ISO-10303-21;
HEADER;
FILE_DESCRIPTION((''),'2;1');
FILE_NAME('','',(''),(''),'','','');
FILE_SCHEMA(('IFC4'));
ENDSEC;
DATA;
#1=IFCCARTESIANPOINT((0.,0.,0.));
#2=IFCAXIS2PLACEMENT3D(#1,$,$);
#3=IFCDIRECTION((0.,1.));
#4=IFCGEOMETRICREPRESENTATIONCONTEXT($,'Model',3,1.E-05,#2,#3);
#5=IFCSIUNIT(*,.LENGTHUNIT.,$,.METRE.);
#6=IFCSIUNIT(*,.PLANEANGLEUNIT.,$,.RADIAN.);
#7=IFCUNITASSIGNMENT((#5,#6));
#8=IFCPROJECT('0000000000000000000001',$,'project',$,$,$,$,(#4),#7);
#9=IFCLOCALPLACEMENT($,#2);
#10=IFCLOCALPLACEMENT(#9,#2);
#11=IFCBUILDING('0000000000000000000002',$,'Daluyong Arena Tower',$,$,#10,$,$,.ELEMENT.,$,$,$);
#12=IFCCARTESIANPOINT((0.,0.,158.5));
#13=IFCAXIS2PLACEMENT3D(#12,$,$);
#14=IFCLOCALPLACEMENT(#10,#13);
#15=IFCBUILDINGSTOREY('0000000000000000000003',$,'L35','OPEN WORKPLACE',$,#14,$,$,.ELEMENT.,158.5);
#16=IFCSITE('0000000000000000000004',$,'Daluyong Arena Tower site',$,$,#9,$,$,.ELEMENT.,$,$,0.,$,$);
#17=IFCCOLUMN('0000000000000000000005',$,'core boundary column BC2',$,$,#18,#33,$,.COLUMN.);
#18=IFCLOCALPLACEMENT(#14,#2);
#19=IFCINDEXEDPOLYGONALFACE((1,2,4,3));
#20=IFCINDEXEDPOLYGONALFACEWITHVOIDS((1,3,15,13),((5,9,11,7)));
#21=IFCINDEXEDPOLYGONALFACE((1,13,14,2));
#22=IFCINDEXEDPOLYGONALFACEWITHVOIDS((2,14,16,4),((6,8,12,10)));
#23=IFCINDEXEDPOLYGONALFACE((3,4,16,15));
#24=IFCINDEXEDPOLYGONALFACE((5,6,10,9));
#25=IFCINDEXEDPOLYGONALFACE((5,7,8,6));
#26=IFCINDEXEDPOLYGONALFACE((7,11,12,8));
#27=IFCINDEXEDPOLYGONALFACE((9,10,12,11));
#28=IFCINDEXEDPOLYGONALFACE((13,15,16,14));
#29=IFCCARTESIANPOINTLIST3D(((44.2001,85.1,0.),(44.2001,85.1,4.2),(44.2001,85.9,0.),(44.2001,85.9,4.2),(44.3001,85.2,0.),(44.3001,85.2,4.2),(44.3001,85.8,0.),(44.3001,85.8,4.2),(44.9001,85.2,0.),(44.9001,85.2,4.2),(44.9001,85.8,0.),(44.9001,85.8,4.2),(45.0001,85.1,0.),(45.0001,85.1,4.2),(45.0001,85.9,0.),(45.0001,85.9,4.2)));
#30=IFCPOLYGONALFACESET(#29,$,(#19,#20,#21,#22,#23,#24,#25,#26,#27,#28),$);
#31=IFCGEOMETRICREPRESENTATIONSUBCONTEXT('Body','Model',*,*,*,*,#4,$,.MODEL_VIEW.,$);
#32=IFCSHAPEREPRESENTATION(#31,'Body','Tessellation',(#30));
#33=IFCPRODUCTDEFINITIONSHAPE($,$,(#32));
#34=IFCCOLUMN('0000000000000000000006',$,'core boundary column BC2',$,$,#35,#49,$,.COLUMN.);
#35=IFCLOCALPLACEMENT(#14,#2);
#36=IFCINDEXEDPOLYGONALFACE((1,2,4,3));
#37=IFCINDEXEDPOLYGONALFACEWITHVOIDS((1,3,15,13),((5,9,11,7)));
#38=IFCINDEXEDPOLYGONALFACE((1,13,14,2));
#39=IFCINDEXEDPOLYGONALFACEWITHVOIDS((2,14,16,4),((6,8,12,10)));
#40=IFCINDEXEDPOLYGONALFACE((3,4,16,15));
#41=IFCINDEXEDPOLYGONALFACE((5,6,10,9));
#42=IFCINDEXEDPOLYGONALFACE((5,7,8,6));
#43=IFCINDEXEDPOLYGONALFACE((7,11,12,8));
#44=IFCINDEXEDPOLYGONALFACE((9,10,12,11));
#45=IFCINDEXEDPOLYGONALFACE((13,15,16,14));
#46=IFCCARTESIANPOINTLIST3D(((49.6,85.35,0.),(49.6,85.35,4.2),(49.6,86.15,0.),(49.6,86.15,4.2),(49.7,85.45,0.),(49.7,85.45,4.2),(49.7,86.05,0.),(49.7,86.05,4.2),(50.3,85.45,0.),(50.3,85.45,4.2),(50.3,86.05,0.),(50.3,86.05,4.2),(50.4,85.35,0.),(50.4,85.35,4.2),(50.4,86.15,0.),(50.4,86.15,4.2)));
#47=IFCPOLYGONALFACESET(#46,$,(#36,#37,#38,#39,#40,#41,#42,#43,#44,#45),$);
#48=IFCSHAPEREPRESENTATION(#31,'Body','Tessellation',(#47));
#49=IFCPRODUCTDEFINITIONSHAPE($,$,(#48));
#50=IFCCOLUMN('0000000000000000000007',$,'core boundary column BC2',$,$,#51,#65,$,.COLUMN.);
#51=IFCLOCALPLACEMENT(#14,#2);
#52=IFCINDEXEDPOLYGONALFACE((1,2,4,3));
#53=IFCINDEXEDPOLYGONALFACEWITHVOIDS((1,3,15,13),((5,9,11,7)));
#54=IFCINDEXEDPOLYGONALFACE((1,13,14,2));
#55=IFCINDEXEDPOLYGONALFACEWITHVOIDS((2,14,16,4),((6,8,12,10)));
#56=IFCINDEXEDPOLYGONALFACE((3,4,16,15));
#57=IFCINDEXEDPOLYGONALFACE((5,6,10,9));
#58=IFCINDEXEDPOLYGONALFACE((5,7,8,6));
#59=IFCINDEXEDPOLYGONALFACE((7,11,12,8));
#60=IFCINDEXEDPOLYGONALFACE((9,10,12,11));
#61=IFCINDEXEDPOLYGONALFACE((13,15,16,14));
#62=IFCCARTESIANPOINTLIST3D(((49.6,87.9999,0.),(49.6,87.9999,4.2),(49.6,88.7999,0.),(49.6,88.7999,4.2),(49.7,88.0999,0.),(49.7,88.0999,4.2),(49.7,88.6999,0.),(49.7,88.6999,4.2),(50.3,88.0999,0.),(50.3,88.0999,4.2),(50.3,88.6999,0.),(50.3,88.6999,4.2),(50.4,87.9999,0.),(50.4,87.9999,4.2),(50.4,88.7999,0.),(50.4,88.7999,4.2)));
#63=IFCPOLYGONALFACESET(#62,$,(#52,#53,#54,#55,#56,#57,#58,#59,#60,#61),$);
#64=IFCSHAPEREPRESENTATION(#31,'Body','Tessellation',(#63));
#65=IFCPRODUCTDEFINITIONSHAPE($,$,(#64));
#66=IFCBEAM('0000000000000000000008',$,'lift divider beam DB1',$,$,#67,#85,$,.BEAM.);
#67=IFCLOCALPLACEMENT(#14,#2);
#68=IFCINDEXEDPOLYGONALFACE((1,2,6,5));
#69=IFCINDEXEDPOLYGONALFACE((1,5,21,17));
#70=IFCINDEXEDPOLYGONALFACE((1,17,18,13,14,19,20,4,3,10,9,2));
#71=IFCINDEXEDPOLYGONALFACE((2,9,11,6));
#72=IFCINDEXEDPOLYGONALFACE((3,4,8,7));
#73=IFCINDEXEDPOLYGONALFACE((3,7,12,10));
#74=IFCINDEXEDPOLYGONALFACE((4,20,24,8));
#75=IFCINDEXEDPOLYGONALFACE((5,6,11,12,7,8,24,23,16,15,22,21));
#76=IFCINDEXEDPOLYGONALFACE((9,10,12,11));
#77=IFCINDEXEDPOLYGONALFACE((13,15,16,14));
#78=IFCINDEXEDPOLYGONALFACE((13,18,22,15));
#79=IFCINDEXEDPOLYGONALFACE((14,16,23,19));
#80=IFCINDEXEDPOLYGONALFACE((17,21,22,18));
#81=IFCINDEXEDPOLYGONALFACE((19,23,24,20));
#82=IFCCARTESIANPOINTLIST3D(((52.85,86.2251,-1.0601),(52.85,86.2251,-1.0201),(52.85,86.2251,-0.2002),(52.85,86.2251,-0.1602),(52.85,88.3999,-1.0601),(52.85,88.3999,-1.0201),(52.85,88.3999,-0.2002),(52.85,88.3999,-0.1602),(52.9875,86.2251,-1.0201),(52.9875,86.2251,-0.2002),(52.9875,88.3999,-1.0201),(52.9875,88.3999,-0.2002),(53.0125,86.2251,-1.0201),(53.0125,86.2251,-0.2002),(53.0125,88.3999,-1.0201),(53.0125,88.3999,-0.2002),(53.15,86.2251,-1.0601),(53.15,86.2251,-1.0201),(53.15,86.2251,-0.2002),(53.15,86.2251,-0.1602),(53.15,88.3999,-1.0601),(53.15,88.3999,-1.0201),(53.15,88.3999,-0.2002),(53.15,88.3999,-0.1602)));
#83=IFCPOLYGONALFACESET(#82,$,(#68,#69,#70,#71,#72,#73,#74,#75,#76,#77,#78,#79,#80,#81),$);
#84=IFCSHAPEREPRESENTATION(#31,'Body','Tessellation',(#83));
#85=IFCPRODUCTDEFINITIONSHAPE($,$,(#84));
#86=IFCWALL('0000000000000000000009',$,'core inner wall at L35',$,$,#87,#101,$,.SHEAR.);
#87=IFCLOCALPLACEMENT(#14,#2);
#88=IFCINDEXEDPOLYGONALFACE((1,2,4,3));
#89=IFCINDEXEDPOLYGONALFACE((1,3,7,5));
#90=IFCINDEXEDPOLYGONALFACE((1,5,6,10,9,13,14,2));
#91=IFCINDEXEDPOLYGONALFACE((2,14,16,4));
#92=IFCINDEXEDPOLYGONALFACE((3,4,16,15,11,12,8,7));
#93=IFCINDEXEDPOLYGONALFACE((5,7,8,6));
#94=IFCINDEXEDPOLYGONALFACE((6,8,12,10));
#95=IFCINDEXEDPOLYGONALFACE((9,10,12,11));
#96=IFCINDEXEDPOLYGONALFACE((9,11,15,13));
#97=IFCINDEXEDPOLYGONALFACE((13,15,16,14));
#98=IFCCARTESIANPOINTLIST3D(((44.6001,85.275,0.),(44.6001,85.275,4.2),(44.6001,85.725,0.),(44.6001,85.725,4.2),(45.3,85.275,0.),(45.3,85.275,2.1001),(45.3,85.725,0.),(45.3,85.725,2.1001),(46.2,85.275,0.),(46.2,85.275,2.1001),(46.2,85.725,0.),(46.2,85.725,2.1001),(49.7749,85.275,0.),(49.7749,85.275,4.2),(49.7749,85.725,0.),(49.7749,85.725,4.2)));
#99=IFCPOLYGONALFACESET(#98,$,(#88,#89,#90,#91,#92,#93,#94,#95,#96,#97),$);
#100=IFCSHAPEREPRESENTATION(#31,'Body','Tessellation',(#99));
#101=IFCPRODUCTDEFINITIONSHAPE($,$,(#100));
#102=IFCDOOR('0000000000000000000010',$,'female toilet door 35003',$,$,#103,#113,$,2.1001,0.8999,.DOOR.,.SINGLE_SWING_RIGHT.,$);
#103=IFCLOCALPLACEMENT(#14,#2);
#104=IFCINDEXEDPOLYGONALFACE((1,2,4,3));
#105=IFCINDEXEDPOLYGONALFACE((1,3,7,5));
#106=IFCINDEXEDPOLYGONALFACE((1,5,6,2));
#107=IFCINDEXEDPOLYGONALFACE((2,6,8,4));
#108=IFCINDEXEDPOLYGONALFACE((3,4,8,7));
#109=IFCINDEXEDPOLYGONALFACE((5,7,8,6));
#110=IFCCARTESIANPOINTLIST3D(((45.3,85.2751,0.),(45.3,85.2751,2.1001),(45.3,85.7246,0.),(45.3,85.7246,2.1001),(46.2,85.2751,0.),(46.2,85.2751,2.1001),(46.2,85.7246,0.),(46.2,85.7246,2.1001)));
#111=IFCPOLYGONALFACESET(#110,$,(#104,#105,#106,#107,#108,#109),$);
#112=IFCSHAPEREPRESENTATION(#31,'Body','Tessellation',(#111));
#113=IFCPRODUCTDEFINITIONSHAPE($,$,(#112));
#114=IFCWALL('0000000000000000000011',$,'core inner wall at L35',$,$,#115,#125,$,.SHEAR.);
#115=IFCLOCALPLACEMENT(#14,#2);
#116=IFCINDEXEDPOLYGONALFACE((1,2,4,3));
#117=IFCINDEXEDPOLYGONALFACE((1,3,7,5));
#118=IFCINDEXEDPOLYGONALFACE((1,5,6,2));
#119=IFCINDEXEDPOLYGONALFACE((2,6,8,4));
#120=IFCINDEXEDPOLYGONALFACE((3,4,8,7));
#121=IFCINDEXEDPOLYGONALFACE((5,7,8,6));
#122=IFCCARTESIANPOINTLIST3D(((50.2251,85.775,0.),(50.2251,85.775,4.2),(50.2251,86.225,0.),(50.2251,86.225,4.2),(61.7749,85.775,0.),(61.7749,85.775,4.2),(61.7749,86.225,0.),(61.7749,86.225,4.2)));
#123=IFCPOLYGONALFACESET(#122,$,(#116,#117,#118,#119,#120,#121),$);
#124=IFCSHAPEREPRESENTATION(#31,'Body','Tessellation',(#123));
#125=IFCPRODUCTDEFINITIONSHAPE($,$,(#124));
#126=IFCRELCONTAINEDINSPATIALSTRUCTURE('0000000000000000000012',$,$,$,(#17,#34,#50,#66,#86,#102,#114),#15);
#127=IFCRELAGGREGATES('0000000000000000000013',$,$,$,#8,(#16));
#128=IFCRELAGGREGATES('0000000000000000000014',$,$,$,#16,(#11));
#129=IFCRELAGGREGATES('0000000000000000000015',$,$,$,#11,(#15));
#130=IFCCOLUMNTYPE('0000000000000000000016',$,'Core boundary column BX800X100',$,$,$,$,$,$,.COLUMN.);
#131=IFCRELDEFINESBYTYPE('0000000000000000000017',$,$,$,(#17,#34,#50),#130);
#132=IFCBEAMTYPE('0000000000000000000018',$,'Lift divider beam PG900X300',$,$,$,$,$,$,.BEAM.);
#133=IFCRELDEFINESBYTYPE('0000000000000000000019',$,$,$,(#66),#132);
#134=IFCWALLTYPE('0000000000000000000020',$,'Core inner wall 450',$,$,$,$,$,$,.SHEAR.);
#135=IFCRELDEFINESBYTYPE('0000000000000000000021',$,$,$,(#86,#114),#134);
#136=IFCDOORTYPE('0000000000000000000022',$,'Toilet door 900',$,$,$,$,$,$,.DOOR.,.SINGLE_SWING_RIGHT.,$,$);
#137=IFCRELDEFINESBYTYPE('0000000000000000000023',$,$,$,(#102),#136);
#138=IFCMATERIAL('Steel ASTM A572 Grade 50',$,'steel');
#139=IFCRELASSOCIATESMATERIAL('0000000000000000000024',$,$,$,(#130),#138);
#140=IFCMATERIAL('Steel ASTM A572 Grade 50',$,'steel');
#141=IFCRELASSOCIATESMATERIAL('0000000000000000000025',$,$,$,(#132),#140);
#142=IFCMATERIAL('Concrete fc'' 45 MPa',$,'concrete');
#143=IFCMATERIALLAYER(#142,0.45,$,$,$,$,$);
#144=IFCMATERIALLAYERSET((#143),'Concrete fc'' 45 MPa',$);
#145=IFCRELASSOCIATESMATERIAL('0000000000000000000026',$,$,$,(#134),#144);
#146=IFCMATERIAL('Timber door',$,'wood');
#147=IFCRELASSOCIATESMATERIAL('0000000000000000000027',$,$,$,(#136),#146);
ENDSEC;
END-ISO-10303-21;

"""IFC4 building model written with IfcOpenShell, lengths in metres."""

from ifc_helpers import new_model, si_unit, direction, frame, frame_2d, origin, origin_2d, place, context, subcontext, project, spatial, rectangle, hollow_rectangle, i_section, extrude, material, layer, layer_set, material_profile, profile_set, type_object, element, fill, save


model = new_model("IFC4")

# Units and contexts
model_context = context("Model", 3, precision=1e-05, world=origin(), true_north=direction((0.0, 1.0)))
body_context = subcontext(model_context, "Body", "Model", "MODEL_VIEW")
ifc_project = project(units=[si_unit("LENGTHUNIT", "METRE"), si_unit("PLANEANGLEUNIT", "RADIAN")], contexts=[model_context])

# Site, building, storey
site_placement = place(None, origin())
site = spatial("IfcSite", under=ifc_project, at=site_placement, Name="Daluyong Arena Tower site", CompositionType="ELEMENT", RefElevation=0.0)
building_placement = place(site_placement, origin())
building = spatial("IfcBuilding", under=site, at=building_placement, Name="Daluyong Arena Tower", CompositionType="ELEMENT")
storey_placement = place(building_placement, frame((0.0, 0.0, 158.5)))
storey = spatial("IfcBuildingStorey", under=building, at=storey_placement, Name="L35", Description="OPEN WORKPLACE", CompositionType="ELEMENT", Elevation=158.5)

# Columns
ifc_material_1 = material(Name="Steel ASTM A572 Grade 50", Category="steel")
ifc_material_profile_1 = material_profile(ifc_material_1, hollow_rectangle(XDim=0.8, YDim=0.8, WallThickness=0.1, at=origin_2d()))
ifc_profile_set_1 = profile_set([ifc_material_profile_1], Name="Steel ASTM A572 Grade 50")
column_type = type_object("IfcColumnType", Name="Core boundary column BX800X100", PredefinedType="COLUMN", material=ifc_profile_set_1)
for number, where, z_axis, x_axis, name in (
    (1, (44.6001, 85.5, 0.0), (0.0, 0.0, 1.0), (1.0, 0.0, 0.0), "core boundary column BC2"),
    (2, (50.0, 85.75, 0.0), (0.0, 0.0, 1.0), (1.0, 0.0, 0.0), "core boundary column BC2"),
    (3, (50.0, 88.3999, 0.0), (0.0, 0.0, 1.0), (1.0, 0.0, 0.0), "core boundary column BC2"),
):
    element("IfcColumn", number, at=place(storey_placement, frame(where, z_axis=z_axis, x_axis=x_axis)), inside=storey, type_object=column_type, Name=name, PredefinedType="COLUMN", context=body_context, shape_type="SweptSolid", body=[
        extrude(hollow_rectangle(XDim=0.8, YDim=0.8, WallThickness=0.1, at=origin_2d()), origin(), (0.0, 0.0, 1.0), 4.2),
    ])

# Beam
ifc_material_2 = material(Name="Steel ASTM A572 Grade 50", Category="steel")
ifc_material_profile_2 = material_profile(ifc_material_2, i_section(OverallWidth=0.3, OverallDepth=0.8999, WebThickness=0.025, FlangeThickness=0.04, at=origin_2d()))
ifc_profile_set_2 = profile_set([ifc_material_profile_2], Name="Steel ASTM A572 Grade 50")
beam_type = type_object("IfcBeamType", Name="Lift divider beam PG900X300", PredefinedType="BEAM", material=ifc_profile_set_2)
beam_placement = place(storey_placement, frame((53.0, 86.2251, -0.6101), z_axis=(0.0, 1.0, 0.0), x_axis=(-1.0, 0.0, 0.0)))
element("IfcBeam", 4, at=beam_placement, inside=storey, type_object=beam_type, Name="lift divider beam DB1", PredefinedType="BEAM", context=body_context, shape_type="SweptSolid", body=[
    extrude(i_section(OverallWidth=0.3, OverallDepth=0.8999, WebThickness=0.025, FlangeThickness=0.04, at=origin_2d()), origin(), (0.0, 0.0, 1.0), 2.1748),
])

# Wall, opening, door
ifc_material_3 = material(Name="Concrete fc' 45 MPa", Category="concrete")
ifc_layer_1 = layer(ifc_material_3, 0.45)
ifc_layer_set_1 = layer_set([ifc_layer_1], Name="Concrete fc' 45 MPa")
wall_type_1 = type_object("IfcWallType", Name="Core inner wall 450", PredefinedType="SHEAR", material=ifc_layer_set_1)
wall_1_placement = place(storey_placement, frame((44.6001, 85.5, 0.0), z_axis=(0.0, 0.0, 1.0), x_axis=(1.0, 0.0, 0.0)))
wall_1 = element("IfcWall", 5, at=wall_1_placement, inside=storey, type_object=wall_type_1, Name="core inner wall at L35", PredefinedType="SHEAR", context=body_context, shape_type="SweptSolid", body=[
    extrude(rectangle(XDim=5.1748, YDim=0.45, at=frame_2d((2.5874, 0.0))), origin(), (0.0, 0.0, 1.0), 4.2),
])
opening_1_placement = place(wall_1_placement, frame((0.7, 0.0, 0.0)))
opening_1 = element("IfcOpeningElement", 6, at=opening_1_placement, cuts=wall_1, PredefinedType="OPENING", context=body_context, shape_type="SweptSolid", body=[
    extrude(rectangle(XDim=0.8999, YDim=2.1001, at=frame_2d((0.45, 1.05))), frame((0.0, 0.2349, 0.0), z_axis=(0.0, -1.0, 0.0), x_axis=(1.0, 0.0, 0.0)), (0.0, 0.0, 1.0), 0.47),
])
ifc_material_4 = material(Name="Timber door", Category="wood")
door_type_1 = type_object("IfcDoorType", Name="Toilet door 900", OperationType="SINGLE_SWING_RIGHT", PredefinedType="DOOR", material=ifc_material_4)
door_1_placement = place(opening_1_placement, origin())
door_1 = element("IfcDoor", 7, at=door_1_placement, inside=storey, type_object=door_type_1, Name="female toilet door 35003", OperationType="SINGLE_SWING_RIGHT", OverallHeight=2.1001, OverallWidth=0.8999, PredefinedType="DOOR", context=body_context, shape_type="SweptSolid", body=[
    extrude(rectangle(XDim=0.8999, YDim=2.1001, at=frame_2d((0.45, 1.05))), frame((0.0, 0.2246, 0.0), z_axis=(0.0, -1.0, 0.0), x_axis=(1.0, 0.0, 0.0)), (0.0, 0.0, 1.0), 0.4495),
])
fill(opening_1, door_1)

# Wall
wall_2_placement = place(storey_placement, frame((50.2251, 86.0, 0.0), z_axis=(0.0, 0.0, 1.0), x_axis=(1.0, 0.0, 0.0)))
element("IfcWall", 8, at=wall_2_placement, inside=storey, type_object=wall_type_1, Name="core inner wall at L35", PredefinedType="SHEAR", context=body_context, shape_type="SweptSolid", body=[
    extrude(rectangle(XDim=11.5498, YDim=0.45, at=frame_2d((5.7749, 0.0))), origin(), (0.0, 0.0, 1.0), 4.2),
])

save(model, "model.ifc")
